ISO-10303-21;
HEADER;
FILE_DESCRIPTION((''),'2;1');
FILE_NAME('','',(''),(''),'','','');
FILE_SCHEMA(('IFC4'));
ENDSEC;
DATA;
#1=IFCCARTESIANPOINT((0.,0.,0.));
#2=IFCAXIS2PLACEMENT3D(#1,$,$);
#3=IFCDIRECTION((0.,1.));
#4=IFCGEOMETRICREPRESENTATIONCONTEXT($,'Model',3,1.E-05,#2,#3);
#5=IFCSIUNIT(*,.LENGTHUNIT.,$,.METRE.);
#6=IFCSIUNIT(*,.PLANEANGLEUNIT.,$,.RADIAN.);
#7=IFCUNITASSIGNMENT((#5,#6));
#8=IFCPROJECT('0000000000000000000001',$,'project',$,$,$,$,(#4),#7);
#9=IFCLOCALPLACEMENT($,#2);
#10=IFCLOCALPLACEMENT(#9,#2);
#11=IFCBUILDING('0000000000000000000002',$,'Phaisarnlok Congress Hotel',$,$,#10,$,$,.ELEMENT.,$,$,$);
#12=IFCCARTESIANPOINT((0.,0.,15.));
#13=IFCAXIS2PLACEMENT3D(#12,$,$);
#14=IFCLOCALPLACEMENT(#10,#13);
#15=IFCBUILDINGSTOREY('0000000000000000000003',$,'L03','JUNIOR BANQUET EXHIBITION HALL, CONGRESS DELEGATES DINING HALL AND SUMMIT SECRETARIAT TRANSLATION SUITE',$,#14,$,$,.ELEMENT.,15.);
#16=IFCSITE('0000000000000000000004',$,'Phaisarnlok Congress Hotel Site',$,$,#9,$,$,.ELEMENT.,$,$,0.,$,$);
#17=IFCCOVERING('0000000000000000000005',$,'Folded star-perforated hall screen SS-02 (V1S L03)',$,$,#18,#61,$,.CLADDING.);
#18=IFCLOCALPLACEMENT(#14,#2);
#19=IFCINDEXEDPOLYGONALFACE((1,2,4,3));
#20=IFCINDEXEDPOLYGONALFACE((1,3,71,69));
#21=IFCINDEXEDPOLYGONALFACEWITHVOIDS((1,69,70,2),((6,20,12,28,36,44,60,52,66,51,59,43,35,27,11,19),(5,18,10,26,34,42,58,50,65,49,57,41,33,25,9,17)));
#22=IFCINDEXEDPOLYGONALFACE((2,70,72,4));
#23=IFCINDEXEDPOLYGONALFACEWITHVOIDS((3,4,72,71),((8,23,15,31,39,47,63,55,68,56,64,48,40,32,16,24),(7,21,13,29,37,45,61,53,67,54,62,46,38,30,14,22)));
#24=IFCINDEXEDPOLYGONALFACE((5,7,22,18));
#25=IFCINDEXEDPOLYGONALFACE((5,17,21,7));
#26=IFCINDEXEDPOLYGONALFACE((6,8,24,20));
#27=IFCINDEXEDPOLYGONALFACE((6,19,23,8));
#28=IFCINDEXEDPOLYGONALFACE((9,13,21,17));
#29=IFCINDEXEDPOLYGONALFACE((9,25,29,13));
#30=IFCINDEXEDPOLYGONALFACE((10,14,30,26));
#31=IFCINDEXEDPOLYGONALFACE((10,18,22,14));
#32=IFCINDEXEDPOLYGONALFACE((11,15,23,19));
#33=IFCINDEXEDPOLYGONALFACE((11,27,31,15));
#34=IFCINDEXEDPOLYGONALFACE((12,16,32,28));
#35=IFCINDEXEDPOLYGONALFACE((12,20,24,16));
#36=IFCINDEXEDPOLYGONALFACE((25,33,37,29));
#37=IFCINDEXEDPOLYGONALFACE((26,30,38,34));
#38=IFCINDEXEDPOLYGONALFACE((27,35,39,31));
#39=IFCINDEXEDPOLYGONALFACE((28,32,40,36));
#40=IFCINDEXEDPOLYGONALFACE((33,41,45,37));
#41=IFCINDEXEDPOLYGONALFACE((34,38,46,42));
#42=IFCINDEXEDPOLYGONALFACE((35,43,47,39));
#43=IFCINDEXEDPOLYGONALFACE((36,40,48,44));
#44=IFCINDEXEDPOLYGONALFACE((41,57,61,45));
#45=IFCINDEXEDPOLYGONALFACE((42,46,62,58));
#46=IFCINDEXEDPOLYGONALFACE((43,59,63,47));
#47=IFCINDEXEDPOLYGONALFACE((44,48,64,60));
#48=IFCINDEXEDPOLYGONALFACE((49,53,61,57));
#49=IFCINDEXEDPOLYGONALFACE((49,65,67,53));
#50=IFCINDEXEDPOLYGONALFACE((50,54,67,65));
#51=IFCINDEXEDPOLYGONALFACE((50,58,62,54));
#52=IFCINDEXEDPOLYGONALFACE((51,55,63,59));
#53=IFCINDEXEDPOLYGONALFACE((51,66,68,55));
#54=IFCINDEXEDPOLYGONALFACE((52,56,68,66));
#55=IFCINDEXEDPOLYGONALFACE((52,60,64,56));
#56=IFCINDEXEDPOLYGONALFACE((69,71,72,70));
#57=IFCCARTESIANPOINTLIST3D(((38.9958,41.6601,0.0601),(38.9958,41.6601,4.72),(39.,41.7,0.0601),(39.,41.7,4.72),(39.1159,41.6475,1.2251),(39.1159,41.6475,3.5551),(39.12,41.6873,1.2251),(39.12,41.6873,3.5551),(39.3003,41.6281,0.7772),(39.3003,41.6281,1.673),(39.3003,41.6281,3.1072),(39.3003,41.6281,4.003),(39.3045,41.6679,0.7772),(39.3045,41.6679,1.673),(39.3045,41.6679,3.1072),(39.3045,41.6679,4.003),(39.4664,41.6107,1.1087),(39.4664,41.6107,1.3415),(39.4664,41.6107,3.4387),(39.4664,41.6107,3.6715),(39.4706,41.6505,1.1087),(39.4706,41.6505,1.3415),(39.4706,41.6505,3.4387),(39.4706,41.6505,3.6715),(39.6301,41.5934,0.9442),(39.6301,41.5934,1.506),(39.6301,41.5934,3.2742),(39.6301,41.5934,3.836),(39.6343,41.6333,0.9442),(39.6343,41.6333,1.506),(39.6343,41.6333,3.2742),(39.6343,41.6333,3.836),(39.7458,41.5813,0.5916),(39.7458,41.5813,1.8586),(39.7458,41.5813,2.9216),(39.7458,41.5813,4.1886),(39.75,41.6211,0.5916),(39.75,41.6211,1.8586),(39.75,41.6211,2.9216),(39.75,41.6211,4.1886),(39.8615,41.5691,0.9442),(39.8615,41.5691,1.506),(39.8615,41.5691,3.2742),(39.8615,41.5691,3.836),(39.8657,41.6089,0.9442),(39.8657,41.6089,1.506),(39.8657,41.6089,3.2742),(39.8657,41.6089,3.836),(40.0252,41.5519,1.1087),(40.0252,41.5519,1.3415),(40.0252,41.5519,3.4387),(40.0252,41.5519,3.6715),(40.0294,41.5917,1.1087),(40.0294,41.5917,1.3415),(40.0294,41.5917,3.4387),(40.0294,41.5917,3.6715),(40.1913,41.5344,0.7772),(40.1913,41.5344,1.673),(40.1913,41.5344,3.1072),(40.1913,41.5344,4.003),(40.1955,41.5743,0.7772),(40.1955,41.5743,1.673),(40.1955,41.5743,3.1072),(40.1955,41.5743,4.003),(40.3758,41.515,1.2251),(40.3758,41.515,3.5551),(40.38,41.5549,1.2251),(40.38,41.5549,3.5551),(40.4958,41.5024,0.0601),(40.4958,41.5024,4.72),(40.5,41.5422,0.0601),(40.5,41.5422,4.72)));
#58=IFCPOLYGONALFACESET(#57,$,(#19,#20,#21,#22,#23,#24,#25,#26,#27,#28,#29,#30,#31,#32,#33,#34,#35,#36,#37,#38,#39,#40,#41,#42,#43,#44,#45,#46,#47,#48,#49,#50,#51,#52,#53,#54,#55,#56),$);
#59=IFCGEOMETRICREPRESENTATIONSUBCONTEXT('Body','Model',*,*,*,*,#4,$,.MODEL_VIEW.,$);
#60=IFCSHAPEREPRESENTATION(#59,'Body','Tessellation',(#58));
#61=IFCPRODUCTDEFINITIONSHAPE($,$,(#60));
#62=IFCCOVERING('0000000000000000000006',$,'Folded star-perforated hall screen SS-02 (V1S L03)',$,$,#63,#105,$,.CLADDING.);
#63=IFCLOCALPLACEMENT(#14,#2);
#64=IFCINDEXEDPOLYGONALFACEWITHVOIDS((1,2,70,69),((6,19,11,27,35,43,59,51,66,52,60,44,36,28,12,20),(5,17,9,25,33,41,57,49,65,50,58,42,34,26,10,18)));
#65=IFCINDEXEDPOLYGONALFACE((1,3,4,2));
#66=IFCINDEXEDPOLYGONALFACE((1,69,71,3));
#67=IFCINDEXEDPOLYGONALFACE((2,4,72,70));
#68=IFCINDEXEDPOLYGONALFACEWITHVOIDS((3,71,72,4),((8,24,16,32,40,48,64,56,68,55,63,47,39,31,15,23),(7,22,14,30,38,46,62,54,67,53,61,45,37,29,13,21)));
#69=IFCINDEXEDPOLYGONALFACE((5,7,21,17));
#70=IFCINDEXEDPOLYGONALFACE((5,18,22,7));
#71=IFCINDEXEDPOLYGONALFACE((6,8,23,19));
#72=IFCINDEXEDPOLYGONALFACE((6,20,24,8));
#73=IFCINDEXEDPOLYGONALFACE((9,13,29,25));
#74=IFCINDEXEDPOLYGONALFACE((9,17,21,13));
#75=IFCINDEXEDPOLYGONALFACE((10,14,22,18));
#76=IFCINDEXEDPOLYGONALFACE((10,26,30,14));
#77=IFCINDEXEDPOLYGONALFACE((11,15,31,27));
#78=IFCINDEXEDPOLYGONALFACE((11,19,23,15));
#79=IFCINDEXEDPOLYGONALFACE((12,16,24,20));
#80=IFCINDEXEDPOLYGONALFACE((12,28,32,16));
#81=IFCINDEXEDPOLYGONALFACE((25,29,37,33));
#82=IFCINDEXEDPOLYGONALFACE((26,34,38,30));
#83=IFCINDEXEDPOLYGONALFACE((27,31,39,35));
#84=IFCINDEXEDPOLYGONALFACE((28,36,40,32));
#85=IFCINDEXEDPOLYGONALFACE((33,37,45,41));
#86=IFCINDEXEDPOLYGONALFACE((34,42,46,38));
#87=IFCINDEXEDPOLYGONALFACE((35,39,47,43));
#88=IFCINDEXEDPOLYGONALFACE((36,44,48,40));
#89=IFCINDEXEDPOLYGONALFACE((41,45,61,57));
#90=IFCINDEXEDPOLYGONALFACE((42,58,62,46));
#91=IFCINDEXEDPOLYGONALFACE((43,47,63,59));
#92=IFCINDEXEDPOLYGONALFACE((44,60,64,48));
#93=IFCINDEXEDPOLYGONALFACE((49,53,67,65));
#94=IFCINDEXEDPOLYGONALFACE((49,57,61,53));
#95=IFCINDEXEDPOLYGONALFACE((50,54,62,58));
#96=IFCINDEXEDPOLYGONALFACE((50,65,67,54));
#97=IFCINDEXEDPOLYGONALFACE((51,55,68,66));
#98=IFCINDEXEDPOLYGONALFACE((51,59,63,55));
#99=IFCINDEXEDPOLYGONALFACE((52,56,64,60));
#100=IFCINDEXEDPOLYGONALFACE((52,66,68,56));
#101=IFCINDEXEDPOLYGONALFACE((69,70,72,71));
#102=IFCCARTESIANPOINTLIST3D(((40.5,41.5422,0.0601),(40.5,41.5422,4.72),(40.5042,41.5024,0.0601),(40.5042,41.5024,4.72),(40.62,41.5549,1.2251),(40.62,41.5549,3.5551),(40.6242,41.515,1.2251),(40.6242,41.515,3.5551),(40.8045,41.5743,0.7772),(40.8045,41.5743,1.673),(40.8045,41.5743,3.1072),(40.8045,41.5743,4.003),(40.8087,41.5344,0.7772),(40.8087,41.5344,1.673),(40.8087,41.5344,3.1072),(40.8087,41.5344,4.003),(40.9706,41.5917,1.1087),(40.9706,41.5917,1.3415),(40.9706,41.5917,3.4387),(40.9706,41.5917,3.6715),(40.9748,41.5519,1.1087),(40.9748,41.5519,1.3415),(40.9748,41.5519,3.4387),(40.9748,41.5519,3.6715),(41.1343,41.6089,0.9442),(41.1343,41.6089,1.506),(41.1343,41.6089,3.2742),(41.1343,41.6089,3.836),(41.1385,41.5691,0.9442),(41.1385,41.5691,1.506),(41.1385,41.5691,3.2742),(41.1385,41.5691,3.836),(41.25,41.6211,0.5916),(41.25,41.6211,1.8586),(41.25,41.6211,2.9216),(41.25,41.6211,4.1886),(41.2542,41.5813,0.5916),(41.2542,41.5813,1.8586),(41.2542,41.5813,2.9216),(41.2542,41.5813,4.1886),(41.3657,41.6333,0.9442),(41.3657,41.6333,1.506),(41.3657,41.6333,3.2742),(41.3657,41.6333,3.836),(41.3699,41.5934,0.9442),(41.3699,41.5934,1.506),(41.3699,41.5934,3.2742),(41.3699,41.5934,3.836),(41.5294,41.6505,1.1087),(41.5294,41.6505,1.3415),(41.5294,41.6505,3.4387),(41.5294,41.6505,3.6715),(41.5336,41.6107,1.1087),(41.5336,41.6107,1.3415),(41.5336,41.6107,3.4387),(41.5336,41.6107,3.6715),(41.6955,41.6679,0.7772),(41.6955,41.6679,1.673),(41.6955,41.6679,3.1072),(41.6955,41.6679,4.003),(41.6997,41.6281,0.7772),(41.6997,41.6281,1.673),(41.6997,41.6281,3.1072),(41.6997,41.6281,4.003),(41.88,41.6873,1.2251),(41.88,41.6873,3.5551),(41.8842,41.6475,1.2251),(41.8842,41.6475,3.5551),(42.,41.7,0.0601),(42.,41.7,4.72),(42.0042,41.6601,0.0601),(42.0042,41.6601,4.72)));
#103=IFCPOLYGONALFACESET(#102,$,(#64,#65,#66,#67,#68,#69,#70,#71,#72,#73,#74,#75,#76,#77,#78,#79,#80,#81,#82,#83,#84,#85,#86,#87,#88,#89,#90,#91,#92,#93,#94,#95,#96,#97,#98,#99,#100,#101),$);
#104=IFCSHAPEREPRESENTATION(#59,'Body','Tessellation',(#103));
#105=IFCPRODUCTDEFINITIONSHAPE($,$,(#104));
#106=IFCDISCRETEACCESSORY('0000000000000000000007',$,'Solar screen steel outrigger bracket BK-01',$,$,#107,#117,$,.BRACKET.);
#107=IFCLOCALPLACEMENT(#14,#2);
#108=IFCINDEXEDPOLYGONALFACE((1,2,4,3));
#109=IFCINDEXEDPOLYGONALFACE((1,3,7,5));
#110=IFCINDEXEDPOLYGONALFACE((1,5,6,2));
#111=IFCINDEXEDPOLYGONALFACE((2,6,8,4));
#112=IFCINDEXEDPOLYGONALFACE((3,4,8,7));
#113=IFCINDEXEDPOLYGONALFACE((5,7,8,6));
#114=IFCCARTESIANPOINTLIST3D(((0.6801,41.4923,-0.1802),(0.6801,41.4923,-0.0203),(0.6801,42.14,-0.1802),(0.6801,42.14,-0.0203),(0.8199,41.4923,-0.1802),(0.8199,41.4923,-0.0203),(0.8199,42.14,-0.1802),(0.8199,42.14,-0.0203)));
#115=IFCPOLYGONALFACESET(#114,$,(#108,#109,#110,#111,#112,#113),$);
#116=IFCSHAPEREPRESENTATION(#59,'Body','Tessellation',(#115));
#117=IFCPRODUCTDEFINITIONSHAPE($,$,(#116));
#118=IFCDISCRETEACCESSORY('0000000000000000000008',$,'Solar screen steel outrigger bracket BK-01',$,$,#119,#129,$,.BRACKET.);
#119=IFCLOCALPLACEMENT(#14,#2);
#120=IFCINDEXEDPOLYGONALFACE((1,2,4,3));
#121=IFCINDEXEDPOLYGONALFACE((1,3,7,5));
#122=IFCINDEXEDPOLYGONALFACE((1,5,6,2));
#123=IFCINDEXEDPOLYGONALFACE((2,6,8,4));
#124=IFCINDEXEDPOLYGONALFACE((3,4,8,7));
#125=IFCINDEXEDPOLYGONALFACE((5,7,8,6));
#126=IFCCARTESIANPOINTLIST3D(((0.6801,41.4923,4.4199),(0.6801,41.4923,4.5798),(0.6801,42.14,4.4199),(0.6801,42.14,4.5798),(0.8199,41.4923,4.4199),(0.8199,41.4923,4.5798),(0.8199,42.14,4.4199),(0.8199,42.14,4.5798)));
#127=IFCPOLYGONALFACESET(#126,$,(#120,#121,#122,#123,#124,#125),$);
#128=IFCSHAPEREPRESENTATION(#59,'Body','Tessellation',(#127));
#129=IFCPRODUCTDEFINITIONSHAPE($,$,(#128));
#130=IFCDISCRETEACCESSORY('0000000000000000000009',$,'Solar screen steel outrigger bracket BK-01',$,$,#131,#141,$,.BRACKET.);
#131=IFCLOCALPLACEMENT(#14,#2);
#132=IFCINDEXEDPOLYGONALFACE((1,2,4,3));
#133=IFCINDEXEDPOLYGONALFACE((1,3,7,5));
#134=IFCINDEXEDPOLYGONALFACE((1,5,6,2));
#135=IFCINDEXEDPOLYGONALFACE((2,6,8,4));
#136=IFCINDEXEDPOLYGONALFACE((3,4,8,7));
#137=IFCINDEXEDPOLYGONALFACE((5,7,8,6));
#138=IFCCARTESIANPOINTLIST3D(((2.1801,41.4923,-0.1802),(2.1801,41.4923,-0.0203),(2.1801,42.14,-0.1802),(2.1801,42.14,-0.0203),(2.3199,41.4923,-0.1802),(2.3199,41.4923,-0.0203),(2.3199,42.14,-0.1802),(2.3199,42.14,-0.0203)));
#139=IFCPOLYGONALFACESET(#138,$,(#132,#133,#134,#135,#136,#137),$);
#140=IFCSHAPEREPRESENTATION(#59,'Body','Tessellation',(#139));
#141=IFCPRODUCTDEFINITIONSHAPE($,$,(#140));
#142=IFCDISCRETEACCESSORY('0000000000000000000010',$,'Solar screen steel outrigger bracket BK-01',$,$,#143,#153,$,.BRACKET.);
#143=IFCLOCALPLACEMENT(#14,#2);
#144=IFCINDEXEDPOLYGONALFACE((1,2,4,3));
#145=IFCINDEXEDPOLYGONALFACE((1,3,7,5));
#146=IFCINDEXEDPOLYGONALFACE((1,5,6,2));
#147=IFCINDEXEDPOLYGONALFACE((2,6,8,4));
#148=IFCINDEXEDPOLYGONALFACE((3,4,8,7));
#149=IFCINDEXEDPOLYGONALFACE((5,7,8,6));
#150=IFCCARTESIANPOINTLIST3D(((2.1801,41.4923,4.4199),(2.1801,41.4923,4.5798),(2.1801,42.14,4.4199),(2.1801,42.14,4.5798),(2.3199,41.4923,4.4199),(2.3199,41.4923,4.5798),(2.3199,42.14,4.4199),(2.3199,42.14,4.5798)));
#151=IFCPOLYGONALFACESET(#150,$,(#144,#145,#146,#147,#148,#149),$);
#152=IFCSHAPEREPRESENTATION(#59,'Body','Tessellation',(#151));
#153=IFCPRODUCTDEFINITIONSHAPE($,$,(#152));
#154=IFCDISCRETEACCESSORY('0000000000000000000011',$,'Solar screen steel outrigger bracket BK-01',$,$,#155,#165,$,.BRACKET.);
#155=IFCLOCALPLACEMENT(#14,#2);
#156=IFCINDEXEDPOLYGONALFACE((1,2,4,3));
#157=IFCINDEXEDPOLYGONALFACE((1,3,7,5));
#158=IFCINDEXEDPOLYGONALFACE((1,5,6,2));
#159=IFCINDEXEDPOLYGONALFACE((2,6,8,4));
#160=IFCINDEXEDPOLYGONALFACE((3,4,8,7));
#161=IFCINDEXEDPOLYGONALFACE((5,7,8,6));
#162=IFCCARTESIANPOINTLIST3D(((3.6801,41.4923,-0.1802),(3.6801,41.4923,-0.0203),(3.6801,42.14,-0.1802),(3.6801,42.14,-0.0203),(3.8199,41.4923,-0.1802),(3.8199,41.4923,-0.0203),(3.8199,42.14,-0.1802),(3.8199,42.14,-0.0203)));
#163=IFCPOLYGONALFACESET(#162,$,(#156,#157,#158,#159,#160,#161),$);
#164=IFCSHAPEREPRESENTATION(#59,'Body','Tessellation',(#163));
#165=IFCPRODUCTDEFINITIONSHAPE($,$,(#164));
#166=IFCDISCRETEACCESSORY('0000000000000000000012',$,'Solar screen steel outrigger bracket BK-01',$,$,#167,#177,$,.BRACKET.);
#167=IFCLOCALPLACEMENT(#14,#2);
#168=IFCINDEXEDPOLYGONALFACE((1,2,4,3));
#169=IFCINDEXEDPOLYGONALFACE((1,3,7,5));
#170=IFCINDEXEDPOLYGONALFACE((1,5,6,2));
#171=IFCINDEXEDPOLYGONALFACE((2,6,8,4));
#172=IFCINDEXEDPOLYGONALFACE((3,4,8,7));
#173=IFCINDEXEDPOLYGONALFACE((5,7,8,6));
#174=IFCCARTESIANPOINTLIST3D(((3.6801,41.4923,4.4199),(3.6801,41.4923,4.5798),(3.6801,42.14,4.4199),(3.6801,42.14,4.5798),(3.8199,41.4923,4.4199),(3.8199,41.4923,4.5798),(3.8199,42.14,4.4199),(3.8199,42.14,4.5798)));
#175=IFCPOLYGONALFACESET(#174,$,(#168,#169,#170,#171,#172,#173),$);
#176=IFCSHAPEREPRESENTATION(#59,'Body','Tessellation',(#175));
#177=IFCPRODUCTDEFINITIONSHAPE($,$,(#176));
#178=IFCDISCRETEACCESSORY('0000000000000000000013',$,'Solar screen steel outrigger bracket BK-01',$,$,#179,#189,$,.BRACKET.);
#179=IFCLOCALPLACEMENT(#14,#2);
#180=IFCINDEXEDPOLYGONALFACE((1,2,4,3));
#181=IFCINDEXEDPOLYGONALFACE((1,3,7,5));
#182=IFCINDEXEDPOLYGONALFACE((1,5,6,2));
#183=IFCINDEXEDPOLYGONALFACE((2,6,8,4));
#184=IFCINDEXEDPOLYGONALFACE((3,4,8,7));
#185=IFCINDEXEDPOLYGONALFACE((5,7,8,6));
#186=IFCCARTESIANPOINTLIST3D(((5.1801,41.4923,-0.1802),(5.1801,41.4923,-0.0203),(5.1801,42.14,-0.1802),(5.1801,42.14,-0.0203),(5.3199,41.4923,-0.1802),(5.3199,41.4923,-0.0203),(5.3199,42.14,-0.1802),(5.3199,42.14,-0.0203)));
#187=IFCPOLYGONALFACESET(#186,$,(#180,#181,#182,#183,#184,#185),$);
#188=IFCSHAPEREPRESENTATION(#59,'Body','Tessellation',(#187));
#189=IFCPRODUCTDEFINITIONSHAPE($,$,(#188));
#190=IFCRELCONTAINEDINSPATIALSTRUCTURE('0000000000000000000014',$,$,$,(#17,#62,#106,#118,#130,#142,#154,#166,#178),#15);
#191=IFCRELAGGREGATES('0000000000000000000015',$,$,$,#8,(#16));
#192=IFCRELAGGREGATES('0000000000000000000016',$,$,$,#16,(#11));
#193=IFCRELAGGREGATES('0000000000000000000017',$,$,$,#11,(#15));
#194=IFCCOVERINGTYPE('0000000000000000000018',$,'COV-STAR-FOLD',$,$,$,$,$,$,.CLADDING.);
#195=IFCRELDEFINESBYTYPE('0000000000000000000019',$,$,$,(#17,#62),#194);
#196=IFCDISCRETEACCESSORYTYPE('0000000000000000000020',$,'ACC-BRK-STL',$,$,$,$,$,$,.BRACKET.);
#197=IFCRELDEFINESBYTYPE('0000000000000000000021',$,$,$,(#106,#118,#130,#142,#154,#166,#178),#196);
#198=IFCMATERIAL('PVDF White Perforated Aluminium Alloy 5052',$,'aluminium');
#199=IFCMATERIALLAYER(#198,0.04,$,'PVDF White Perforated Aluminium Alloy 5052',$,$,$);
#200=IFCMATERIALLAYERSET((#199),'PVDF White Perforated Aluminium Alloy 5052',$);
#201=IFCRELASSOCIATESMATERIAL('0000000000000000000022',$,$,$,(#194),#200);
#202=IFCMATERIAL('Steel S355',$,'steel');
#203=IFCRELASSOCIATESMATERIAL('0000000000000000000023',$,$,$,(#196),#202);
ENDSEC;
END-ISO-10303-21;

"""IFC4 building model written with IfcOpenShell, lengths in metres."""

from ifc_helpers import new_model, si_unit, direction, frame, origin, origin_2d, place, context, subcontext, project, spatial, polyline, rectangle, outline, extrude, material, layer, layer_set, type_object, element, save


model = new_model("IFC4")

# Units and contexts
model_context = context("Model", 3, precision=1e-05, world=origin(), true_north=direction((0.0, 1.0)))
body_context = subcontext(model_context, "Body", "Model", "MODEL_VIEW")
ifc_project = project(units=[si_unit("LENGTHUNIT", "METRE"), si_unit("PLANEANGLEUNIT", "RADIAN")], contexts=[model_context])

# Site, building, storey
site_placement = place(None, origin())
site = spatial("IfcSite", under=ifc_project, at=site_placement, Name="Phaisarnlok Congress Hotel Site", CompositionType="ELEMENT", RefElevation=0.0)
building_placement = place(site_placement, origin())
building = spatial("IfcBuilding", under=site, at=building_placement, Name="Phaisarnlok Congress Hotel", CompositionType="ELEMENT")
storey_placement = place(building_placement, frame((0.0, 0.0, 15.0)))
storey = spatial("IfcBuildingStorey", under=building, at=storey_placement, Name="L03", Description="JUNIOR BANQUET EXHIBITION HALL, CONGRESS DELEGATES DINING HALL AND SUMMIT SECRETARIAT TRANSLATION SUITE", CompositionType="ELEMENT", Elevation=15.0)

# Coverings
ifc_material_1 = material(Name="PVDF White Perforated Aluminium Alloy 5052", Category="aluminium")
ifc_layer = layer(ifc_material_1, 0.04, Name="PVDF White Perforated Aluminium Alloy 5052")
ifc_layer_set = layer_set([ifc_layer], Name="PVDF White Perforated Aluminium Alloy 5052")
covering_type = type_object("IfcCoveringType", Name="COV-STAR-FOLD", PredefinedType="CLADDING", material=ifc_layer_set)
for number, where, z_axis, x_axis, name in (
    (1, (39.0, 41.7, 0.0601), (-0.104567, -0.994518, 0.0), (0.994518, -0.104567, 0.0), "Folded star-perforated hall screen SS-02 (V1S L03)"),
    (2, (40.5, 41.5422, 0.0601), (0.104567, -0.994518, 0.0), (0.994518, 0.104567, 0.0), "Folded star-perforated hall screen SS-02 (V1S L03)"),
):
    element("IfcCovering", number, at=place(storey_placement, frame(where, z_axis=z_axis, x_axis=x_axis)), inside=storey, type_object=covering_type, Name=name, PredefinedType="CLADDING", context=body_context, shape_type="SweptSolid", body=[
        extrude(outline(polyline([(0.0, 0.0), (1.5083, 0.0), (1.5083, 4.6599), (0.0, 4.6599), (0.0, 0.0)]), holes=[polyline([(1.0351, 1.0486), (1.2021, 0.7171), (0.8705, 0.8841), (0.7541, 0.5315), (0.6378, 0.8841), (0.3062, 0.7171), (0.4732, 1.0486), (0.1207, 1.165), (0.4732, 1.2814), (0.3062, 1.6129), (0.6378, 1.4459), (0.7541, 1.7985), (0.8705, 1.4459), (1.2021, 1.6129), (1.0351, 1.2814), (1.3876, 1.165), (1.0351, 1.0486)]), polyline([(1.0351, 3.3786), (1.2021, 3.0471), (0.8705, 3.2141), (0.7541, 2.8615), (0.6378, 3.2141), (0.3062, 3.0471), (0.4732, 3.3786), (0.1207, 3.495), (0.4732, 3.6114), (0.3062, 3.9429), (0.6378, 3.7759), (0.7541, 4.1285), (0.8705, 3.7759), (1.2021, 3.9429), (1.0351, 3.6114), (1.3876, 3.495), (1.0351, 3.3786)])]), origin(), (0.0, 0.0, 1.0), 0.04),
    ])

# Discrete accessories
ifc_material_2 = material(Name="Steel S355", Category="steel")
discrete_accessory_type = type_object("IfcDiscreteAccessoryType", Name="ACC-BRK-STL", PredefinedType="BRACKET", material=ifc_material_2)
for number, where, z_axis, x_axis, name in (
    (3, (0.75, 41.8162, -0.1802), (0.0, 0.0, 1.0), (1.0, 0.0, 0.0), "Solar screen steel outrigger bracket BK-01"),
    (4, (0.75, 41.8162, 4.4199), (0.0, 0.0, 1.0), (1.0, 0.0, 0.0), "Solar screen steel outrigger bracket BK-01"),
    (5, (2.25, 41.8162, -0.1802), (0.0, 0.0, 1.0), (1.0, 0.0, 0.0), "Solar screen steel outrigger bracket BK-01"),
    (6, (2.25, 41.8162, 4.4199), (0.0, 0.0, 1.0), (1.0, 0.0, 0.0), "Solar screen steel outrigger bracket BK-01"),
    (7, (3.75, 41.8162, -0.1802), (0.0, 0.0, 1.0), (1.0, 0.0, 0.0), "Solar screen steel outrigger bracket BK-01"),
    (8, (3.75, 41.8162, 4.4199), (0.0, 0.0, 1.0), (1.0, 0.0, 0.0), "Solar screen steel outrigger bracket BK-01"),
    (9, (5.25, 41.8162, -0.1802), (0.0, 0.0, 1.0), (1.0, 0.0, 0.0), "Solar screen steel outrigger bracket BK-01"),
):
    element("IfcDiscreteAccessory", number, at=place(storey_placement, frame(where, z_axis=z_axis, x_axis=x_axis)), inside=storey, type_object=discrete_accessory_type, Name=name, PredefinedType="BRACKET", context=body_context, shape_type="SweptSolid", body=[
        extrude(rectangle(XDim=0.1399, YDim=0.6477, at=origin_2d()), origin(), (0.0, 0.0, 1.0), 0.1599),
    ])

save(model, "model.ifc")
